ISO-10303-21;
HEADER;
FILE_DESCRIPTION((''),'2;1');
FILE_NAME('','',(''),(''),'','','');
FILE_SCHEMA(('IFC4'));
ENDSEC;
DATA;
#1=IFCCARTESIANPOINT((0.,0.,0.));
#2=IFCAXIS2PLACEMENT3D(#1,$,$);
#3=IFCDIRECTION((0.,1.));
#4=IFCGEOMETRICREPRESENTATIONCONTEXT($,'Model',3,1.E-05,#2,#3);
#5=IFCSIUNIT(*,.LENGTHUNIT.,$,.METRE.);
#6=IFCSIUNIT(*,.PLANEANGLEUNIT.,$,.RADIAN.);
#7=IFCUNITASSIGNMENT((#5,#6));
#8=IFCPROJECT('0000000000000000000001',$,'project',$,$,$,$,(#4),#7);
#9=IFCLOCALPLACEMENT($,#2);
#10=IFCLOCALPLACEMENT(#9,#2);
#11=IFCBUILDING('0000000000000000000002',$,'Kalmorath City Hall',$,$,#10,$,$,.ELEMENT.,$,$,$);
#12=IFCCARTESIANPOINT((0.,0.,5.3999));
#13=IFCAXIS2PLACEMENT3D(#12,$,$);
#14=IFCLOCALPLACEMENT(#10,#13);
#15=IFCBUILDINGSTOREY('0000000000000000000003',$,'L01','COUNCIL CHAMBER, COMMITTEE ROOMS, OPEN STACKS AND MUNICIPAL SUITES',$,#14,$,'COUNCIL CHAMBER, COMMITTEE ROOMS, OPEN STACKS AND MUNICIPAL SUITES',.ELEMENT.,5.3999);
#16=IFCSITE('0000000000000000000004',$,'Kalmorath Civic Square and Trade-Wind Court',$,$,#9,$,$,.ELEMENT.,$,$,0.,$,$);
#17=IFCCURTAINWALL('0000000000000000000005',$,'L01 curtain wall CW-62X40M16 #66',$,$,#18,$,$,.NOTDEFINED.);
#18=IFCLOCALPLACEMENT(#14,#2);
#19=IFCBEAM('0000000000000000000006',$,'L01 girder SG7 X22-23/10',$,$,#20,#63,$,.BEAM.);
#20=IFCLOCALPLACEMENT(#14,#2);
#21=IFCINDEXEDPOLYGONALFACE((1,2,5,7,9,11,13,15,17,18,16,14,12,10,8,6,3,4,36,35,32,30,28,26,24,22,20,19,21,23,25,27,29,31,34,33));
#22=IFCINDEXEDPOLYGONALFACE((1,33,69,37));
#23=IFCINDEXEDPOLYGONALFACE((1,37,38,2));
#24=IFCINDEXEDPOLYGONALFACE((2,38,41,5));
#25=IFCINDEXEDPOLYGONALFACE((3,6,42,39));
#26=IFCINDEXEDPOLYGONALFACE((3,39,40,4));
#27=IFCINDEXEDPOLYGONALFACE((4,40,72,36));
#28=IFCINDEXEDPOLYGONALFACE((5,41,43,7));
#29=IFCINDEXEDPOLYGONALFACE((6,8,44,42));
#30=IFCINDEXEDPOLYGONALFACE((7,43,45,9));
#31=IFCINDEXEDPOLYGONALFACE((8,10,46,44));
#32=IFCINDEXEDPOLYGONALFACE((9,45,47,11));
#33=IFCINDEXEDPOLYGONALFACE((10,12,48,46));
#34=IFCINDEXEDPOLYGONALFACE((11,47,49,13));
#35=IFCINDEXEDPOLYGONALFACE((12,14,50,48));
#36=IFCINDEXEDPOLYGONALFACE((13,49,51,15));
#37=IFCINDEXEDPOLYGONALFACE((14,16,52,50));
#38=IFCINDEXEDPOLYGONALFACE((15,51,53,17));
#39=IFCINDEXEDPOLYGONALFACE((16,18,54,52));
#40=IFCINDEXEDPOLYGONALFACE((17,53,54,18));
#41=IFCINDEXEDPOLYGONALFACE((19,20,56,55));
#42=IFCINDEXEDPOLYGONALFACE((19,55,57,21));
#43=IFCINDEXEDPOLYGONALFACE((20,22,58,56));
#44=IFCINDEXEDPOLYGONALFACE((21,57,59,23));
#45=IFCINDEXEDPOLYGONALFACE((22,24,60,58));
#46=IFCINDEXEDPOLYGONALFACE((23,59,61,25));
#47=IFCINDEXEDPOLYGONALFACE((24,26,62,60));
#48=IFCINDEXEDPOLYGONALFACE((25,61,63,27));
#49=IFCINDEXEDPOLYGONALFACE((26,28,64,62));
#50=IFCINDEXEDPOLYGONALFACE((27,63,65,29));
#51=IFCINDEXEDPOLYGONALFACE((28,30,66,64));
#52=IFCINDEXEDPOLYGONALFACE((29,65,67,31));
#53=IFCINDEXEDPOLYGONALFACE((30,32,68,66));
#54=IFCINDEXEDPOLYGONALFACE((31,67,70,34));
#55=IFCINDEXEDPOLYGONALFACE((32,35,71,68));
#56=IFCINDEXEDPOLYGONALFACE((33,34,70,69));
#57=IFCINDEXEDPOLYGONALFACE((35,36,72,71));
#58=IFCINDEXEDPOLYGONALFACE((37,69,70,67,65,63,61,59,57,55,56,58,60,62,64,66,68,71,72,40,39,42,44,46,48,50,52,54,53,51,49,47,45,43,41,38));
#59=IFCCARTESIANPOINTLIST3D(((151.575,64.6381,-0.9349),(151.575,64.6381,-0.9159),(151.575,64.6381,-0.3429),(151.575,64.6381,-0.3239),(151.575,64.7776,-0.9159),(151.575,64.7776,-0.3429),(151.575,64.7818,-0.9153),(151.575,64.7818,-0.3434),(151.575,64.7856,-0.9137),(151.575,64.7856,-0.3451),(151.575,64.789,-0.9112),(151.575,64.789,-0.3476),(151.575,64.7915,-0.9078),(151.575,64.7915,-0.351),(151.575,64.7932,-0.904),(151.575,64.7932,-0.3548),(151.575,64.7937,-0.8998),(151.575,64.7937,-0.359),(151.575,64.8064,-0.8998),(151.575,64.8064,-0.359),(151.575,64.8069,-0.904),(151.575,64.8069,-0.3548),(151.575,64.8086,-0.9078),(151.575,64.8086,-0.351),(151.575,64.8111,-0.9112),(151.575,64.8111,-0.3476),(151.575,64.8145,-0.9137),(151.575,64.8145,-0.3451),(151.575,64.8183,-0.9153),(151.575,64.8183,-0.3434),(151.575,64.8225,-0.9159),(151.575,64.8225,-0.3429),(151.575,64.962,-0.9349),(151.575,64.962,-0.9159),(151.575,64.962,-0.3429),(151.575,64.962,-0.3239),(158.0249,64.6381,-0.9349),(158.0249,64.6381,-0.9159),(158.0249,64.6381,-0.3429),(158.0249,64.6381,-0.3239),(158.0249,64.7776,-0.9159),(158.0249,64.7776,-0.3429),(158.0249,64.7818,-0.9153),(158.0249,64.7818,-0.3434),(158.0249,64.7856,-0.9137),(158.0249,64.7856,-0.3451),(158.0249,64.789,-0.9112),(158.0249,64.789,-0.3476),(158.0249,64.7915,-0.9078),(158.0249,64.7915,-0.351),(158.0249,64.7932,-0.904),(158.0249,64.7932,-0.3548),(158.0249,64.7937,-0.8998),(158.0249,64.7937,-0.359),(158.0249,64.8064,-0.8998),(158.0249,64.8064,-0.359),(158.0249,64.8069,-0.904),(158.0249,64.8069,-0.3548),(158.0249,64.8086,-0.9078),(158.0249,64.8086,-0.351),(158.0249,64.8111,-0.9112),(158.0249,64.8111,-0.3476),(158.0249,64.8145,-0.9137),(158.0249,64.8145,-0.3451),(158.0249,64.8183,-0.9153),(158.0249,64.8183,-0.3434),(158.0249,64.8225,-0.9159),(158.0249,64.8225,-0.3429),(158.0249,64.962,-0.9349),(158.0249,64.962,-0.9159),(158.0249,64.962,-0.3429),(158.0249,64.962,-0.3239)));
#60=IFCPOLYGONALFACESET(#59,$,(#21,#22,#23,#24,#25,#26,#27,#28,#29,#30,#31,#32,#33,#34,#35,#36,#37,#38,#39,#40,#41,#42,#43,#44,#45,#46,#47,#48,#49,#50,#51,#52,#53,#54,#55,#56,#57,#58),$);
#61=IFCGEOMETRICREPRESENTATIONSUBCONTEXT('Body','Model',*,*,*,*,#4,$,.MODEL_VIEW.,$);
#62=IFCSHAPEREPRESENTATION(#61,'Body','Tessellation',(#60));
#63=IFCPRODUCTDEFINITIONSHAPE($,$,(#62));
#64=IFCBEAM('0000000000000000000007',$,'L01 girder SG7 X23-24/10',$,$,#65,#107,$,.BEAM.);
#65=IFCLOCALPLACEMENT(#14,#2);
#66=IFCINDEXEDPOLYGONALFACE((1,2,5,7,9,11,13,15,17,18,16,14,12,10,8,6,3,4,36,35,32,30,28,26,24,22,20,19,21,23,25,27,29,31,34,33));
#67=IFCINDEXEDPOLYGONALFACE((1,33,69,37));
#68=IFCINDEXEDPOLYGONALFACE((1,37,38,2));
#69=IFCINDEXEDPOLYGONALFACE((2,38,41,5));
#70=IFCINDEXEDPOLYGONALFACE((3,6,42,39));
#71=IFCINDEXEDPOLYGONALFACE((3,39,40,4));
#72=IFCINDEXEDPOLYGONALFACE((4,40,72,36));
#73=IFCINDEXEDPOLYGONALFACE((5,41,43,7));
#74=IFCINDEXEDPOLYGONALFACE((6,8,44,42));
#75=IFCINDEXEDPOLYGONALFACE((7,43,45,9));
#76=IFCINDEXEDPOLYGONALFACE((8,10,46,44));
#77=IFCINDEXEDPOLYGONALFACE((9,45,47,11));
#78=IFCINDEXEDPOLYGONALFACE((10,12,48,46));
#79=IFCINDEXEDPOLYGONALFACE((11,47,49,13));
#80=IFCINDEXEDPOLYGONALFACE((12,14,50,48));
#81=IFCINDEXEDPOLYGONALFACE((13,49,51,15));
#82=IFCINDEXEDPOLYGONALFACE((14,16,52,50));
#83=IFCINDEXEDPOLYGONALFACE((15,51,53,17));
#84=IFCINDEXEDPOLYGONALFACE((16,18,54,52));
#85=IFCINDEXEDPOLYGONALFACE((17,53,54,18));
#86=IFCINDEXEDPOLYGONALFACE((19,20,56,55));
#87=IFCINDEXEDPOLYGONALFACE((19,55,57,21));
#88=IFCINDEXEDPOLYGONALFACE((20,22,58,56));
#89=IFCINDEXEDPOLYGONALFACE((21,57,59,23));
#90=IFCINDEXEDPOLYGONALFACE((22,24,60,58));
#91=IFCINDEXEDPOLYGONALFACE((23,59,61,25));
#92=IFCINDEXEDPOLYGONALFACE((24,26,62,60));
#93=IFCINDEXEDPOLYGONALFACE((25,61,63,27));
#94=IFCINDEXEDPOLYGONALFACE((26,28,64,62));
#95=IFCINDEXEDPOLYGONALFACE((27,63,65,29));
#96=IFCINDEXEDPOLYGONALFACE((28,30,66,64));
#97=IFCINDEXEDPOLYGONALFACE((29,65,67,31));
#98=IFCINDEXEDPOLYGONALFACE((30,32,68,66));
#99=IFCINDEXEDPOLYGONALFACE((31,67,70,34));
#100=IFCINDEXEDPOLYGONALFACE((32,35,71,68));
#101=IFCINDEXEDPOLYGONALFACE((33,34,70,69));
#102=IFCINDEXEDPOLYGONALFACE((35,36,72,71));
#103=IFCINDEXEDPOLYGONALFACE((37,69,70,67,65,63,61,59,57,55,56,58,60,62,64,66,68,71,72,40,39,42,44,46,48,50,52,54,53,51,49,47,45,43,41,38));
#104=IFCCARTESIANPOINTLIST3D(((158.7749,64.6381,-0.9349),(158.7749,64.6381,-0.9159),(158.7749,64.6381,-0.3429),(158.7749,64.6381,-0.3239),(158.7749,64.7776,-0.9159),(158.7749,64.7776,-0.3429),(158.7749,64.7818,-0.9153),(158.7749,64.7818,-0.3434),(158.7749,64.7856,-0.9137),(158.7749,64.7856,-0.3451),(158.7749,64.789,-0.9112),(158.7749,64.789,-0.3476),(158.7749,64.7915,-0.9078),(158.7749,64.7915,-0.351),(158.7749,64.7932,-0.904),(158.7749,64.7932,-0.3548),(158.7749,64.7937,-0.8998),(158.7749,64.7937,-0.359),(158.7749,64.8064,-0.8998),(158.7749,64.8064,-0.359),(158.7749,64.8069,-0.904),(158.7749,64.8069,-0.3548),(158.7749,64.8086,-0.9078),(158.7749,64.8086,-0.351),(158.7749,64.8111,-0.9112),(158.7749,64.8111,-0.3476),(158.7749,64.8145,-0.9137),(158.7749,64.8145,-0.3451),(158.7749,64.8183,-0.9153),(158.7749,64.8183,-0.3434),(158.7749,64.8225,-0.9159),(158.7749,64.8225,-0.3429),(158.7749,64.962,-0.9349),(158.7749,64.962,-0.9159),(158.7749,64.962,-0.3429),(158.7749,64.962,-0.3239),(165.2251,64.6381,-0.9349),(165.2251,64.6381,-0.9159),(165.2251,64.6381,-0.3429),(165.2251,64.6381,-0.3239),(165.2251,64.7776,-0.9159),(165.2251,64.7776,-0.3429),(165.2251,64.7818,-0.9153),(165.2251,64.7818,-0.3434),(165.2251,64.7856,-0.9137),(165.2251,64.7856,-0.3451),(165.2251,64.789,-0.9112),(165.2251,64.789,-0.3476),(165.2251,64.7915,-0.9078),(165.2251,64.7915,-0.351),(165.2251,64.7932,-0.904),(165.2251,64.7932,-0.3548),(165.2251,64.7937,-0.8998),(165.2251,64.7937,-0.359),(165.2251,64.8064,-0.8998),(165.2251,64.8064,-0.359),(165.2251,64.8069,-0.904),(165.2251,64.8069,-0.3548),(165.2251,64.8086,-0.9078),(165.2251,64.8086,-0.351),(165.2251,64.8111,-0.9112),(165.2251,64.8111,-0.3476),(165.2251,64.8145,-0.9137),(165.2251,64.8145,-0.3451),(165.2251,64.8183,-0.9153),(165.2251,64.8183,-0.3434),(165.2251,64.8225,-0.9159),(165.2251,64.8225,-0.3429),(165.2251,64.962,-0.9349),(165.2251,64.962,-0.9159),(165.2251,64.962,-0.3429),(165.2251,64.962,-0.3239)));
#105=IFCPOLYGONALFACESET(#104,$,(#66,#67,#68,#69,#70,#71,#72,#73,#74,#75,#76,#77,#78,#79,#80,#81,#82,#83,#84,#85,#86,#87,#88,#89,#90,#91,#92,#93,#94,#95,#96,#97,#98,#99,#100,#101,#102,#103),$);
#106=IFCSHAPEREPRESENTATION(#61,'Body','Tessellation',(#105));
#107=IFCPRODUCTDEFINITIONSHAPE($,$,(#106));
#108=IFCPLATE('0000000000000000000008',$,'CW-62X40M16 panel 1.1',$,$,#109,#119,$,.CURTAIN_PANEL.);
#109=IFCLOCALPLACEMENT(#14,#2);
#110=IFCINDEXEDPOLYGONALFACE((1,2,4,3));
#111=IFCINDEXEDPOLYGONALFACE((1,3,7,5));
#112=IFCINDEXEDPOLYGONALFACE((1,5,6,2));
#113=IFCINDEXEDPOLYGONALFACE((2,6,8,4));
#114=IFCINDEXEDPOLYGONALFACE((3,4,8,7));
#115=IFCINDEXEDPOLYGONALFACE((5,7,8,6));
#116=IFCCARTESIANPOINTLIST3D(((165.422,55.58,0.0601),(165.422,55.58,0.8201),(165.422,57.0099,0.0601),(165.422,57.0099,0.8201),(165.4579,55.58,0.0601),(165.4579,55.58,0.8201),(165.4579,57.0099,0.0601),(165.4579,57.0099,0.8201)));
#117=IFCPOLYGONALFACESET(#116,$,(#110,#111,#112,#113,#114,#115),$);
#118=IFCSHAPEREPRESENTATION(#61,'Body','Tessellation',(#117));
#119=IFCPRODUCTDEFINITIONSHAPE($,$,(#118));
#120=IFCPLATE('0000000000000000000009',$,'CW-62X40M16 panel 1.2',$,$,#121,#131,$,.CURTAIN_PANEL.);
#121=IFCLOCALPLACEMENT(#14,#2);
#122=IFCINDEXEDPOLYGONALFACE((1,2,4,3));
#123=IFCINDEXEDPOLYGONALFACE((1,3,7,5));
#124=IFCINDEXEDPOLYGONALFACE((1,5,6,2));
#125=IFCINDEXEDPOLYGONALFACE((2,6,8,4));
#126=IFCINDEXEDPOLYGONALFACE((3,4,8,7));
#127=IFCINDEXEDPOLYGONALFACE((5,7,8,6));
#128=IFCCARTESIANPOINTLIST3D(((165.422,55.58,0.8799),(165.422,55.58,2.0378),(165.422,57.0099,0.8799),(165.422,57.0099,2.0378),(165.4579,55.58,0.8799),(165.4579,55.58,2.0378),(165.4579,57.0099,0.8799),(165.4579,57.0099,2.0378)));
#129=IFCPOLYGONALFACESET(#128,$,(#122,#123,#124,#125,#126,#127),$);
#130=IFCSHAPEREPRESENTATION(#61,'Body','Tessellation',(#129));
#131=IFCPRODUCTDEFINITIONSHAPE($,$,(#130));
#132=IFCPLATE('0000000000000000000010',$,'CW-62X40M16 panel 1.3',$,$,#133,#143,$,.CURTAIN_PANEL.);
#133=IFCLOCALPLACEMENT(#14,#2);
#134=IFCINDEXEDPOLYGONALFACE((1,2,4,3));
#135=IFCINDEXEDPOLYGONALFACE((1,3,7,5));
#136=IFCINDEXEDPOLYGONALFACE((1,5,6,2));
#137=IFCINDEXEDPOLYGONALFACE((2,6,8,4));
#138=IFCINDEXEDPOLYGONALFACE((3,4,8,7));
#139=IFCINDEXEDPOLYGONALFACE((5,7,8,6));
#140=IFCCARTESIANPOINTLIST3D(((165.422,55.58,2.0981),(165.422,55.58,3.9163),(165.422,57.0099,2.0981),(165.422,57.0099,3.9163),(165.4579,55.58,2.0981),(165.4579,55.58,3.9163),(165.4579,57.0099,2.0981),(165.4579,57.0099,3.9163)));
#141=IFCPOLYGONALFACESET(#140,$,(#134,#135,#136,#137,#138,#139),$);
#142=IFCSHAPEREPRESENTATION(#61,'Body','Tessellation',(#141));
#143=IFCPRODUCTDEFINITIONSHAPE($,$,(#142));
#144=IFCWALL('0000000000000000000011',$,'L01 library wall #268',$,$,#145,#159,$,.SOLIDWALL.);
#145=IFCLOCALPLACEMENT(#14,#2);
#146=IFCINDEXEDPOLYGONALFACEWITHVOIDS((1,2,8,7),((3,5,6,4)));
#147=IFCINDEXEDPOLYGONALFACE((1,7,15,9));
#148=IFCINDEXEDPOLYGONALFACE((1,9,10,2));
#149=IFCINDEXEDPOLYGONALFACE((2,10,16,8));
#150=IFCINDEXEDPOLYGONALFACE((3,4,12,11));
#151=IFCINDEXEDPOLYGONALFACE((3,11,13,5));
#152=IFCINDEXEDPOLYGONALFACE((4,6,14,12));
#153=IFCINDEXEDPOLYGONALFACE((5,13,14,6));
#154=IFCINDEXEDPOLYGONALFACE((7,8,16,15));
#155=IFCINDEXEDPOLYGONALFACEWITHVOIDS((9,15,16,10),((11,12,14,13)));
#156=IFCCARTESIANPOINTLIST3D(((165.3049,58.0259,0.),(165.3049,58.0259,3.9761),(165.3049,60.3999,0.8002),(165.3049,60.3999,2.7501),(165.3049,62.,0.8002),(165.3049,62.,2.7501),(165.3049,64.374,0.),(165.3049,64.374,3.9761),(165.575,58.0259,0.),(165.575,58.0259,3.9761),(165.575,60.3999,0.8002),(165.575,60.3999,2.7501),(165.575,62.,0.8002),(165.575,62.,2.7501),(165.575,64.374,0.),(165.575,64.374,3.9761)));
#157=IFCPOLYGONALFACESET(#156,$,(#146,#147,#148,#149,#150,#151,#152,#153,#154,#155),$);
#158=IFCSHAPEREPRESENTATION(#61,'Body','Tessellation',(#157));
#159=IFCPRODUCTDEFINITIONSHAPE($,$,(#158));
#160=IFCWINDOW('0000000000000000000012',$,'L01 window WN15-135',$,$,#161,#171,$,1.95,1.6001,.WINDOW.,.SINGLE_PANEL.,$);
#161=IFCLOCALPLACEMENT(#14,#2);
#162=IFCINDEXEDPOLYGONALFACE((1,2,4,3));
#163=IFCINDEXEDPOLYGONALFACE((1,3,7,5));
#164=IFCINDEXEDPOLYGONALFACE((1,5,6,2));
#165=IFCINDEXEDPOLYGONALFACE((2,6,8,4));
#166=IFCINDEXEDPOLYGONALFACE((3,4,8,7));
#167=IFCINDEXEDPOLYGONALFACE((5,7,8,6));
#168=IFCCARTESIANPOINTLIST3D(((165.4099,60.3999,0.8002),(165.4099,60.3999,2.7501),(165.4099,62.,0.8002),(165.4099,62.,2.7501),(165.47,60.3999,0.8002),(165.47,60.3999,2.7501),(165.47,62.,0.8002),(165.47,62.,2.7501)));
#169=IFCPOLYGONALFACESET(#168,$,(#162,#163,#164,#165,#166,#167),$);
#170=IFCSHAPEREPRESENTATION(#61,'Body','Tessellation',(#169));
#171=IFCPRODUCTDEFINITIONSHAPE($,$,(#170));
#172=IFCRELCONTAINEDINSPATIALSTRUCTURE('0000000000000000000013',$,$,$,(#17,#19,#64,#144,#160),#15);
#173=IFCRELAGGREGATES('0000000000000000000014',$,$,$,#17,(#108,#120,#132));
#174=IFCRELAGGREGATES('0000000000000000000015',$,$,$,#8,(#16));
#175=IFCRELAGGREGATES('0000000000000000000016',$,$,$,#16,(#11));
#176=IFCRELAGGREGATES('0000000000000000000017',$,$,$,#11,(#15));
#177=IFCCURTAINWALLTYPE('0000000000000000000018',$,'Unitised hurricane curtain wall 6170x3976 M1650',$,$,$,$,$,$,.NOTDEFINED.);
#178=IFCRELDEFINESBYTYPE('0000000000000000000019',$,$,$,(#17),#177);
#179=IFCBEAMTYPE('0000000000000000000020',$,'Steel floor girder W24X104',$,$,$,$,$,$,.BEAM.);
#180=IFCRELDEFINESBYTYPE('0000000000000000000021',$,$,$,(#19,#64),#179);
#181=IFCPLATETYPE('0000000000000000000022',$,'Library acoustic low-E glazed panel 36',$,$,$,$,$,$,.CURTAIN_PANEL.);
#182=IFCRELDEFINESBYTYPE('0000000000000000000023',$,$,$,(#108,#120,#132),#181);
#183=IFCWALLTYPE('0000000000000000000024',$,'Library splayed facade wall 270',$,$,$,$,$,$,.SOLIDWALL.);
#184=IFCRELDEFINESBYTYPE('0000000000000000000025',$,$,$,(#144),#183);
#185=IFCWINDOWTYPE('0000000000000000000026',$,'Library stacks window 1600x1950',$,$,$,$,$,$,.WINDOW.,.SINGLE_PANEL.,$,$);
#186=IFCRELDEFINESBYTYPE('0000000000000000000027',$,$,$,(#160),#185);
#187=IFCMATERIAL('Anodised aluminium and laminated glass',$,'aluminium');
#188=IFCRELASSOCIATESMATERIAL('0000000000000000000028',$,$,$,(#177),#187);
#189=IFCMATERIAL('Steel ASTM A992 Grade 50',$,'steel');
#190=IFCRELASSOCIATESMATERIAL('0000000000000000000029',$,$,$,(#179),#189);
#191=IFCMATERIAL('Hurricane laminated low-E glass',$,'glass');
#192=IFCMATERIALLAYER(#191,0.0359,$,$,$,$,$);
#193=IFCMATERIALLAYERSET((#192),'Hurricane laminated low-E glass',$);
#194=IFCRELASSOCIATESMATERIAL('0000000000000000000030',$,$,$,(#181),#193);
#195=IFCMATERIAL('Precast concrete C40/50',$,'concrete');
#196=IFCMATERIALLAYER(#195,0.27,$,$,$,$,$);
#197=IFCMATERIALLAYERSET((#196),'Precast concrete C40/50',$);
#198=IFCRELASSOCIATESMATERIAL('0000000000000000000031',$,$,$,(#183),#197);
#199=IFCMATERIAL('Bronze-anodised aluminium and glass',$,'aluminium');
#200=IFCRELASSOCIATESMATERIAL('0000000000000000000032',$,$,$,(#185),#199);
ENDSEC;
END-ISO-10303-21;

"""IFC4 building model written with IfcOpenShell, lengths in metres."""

from ifc_helpers import new_model, si_unit, direction, frame, frame_2d, origin, origin_2d, place, context, subcontext, project, spatial, rectangle, i_section, extrude, material, layer, layer_set, material_profile, profile_set, type_object, element, fill, aggregate, save


model = new_model("IFC4")

# Units and contexts
model_context = context("Model", 3, precision=1e-05, world=origin(), true_north=direction((0.0, 1.0)))
body_context = subcontext(model_context, "Body", "Model", "MODEL_VIEW")
ifc_project = project(units=[si_unit("LENGTHUNIT", "METRE"), si_unit("PLANEANGLEUNIT", "RADIAN")], contexts=[model_context])

# Site, building, storey
site_placement = place(None, origin())
site = spatial("IfcSite", under=ifc_project, at=site_placement, Name="Kalmorath Civic Square and Trade-Wind Court", CompositionType="ELEMENT", RefElevation=0.0)
building_placement = place(site_placement, origin())
building = spatial("IfcBuilding", under=site, at=building_placement, Name="Kalmorath City Hall", CompositionType="ELEMENT")
storey_placement = place(building_placement, frame((0.0, 0.0, 5.3999)))
storey = spatial("IfcBuildingStorey", under=building, at=storey_placement, Name="L01", Description="COUNCIL CHAMBER, COMMITTEE ROOMS, OPEN STACKS AND MUNICIPAL SUITES", LongName="COUNCIL CHAMBER, COMMITTEE ROOMS, OPEN STACKS AND MUNICIPAL SUITES", CompositionType="ELEMENT", Elevation=5.3999)

# Curtain wall
ifc_material_1 = material(Name="Anodised aluminium and laminated glass", Category="aluminium")
curtain_wall_type = type_object("IfcCurtainWallType", Name="Unitised hurricane curtain wall 6170x3976 M1650", PredefinedType="NOTDEFINED", material=ifc_material_1)
curtain_wall_1_placement = place(storey_placement, origin())
curtain_wall_1 = element("IfcCurtainWall", 1, at=curtain_wall_1_placement, inside=storey, type_object=curtain_wall_type, Name="L01 curtain wall CW-62X40M16 #66", PredefinedType="NOTDEFINED")

# Beams
ifc_material_2 = material(Name="Steel ASTM A992 Grade 50", Category="steel")
ifc_material_profile_1 = material_profile(ifc_material_2, i_section(OverallWidth=0.324, OverallDepth=0.6111, WebThickness=0.0127, FlangeThickness=0.019, FilletRadius=0.0161, at=origin_2d()), Name="W24X104")
ifc_profile_set_1 = profile_set([ifc_material_profile_1], Name="Steel ASTM A992 Grade 50")
beam_type_1 = type_object("IfcBeamType", Name="Steel floor girder W24X104", PredefinedType="BEAM", material=ifc_profile_set_1)
beam_1_placement = place(storey_placement, frame((151.575, 64.8, -0.6294), z_axis=(1.0, 0.0, 0.0), x_axis=(0.0, 1.0, 0.0)))
element("IfcBeam", 2, at=beam_1_placement, inside=storey, type_object=beam_type_1, Name="L01 girder SG7 X22-23/10", PredefinedType="BEAM", context=body_context, shape_type="SweptSolid", body=[
    extrude(i_section(OverallWidth=0.324, OverallDepth=0.6111, WebThickness=0.0127, FlangeThickness=0.019, FilletRadius=0.0161, at=origin_2d()), origin(), (0.0, 0.0, 1.0), 6.45),
])
beam_2_placement = place(storey_placement, frame((158.7749, 64.8, -0.6294), z_axis=(1.0, 0.0, 0.0), x_axis=(0.0, 1.0, 0.0)))
element("IfcBeam", 3, at=beam_2_placement, inside=storey, type_object=beam_type_1, Name="L01 girder SG7 X23-24/10", PredefinedType="BEAM", context=body_context, shape_type="SweptSolid", body=[
    extrude(i_section(OverallWidth=0.324, OverallDepth=0.6111, WebThickness=0.0127, FlangeThickness=0.019, FilletRadius=0.0161, at=origin_2d()), origin(), (0.0, 0.0, 1.0), 6.4502),
])

# Plates
ifc_material_3 = material(Name="Hurricane laminated low-E glass", Category="glass")
ifc_layer_1 = layer(ifc_material_3, 0.0359)
ifc_layer_set_1 = layer_set([ifc_layer_1], Name="Hurricane laminated low-E glass")
plate_type = type_object("IfcPlateType", Name="Library acoustic low-E glazed panel 36", PredefinedType="CURTAIN_PANEL", material=ifc_layer_set_1)
plate_1_placement = place(storey_placement, frame((165.4399, 56.2949, 0.0601), z_axis=(0.0, 0.0, 1.0), x_axis=(0.0, -1.0, 0.0)))
plate_1 = element("IfcPlate", 4, at=plate_1_placement, type_object=plate_type, Name="CW-62X40M16 panel 1.1", PredefinedType="CURTAIN_PANEL", context=body_context, shape_type="SweptSolid", body=[
    extrude(rectangle(XDim=1.4299, YDim=0.0359, at=origin_2d()), origin(), (0.0, 0.0, 1.0), 0.76),
])
plate_2_placement = place(storey_placement, frame((165.4399, 56.2949, 0.8799), z_axis=(0.0, 0.0, 1.0), x_axis=(0.0, -1.0, 0.0)))
plate_2 = element("IfcPlate", 5, at=plate_2_placement, type_object=plate_type, Name="CW-62X40M16 panel 1.2", PredefinedType="CURTAIN_PANEL", context=body_context, shape_type="SweptSolid", body=[
    extrude(rectangle(XDim=1.4299, YDim=0.0359, at=origin_2d()), origin(), (0.0, 0.0, 1.0), 1.158),
])
plate_3_placement = place(storey_placement, frame((165.4399, 56.2949, 2.0981), z_axis=(0.0, 0.0, 1.0), x_axis=(0.0, -1.0, 0.0)))
plate_3 = element("IfcPlate", 6, at=plate_3_placement, type_object=plate_type, Name="CW-62X40M16 panel 1.3", PredefinedType="CURTAIN_PANEL", context=body_context, shape_type="SweptSolid", body=[
    extrude(rectangle(XDim=1.4299, YDim=0.0359, at=origin_2d()), origin(), (0.0, 0.0, 1.0), 1.8181),
])
aggregate(curtain_wall_1, [plate_1, plate_2, plate_3])

# Wall, opening, window
ifc_material_4 = material(Name="Precast concrete C40/50", Category="concrete")
ifc_layer_2 = layer(ifc_material_4, 0.27)
ifc_layer_set_2 = layer_set([ifc_layer_2], Name="Precast concrete C40/50")
wall_type = type_object("IfcWallType", Name="Library splayed facade wall 270", PredefinedType="SOLIDWALL", material=ifc_layer_set_2)
wall_placement = place(storey_placement, frame((165.4399, 64.374, 0.0), z_axis=(0.0, 0.0, 1.0), x_axis=(0.0, -1.0, 0.0)))
wall = element("IfcWall", 7, at=wall_placement, inside=storey, type_object=wall_type, Name="L01 library wall #268", PredefinedType="SOLIDWALL", context=body_context, shape_type="SweptSolid", body=[
    extrude(rectangle(XDim=6.3481, YDim=0.27, at=frame_2d((3.1741, 0.0))), origin(), (0.0, 0.0, 1.0), 3.9761),
])
opening_placement = place(wall_placement, frame((2.374, 0.0, 0.8)))
opening = element("IfcOpeningElement", 8, at=opening_placement, cuts=wall, PredefinedType="OPENING", context=body_context, shape_type="SweptSolid", body=[
    extrude(rectangle(XDim=1.6001, YDim=1.95, at=frame_2d((0.8, 0.9751))), frame((0.0, 0.145, 0.0), z_axis=(0.0, -1.0, 0.0), x_axis=(1.0, 0.0, 0.0)), (0.0, 0.0, 1.0), 0.29),
])
ifc_material_5 = material(Name="Bronze-anodised aluminium and glass", Category="aluminium")
window_type = type_object("IfcWindowType", Name="Library stacks window 1600x1950", PartitioningType="SINGLE_PANEL", PredefinedType="WINDOW", material=ifc_material_5)
window_placement = place(opening_placement, origin())
window = element("IfcWindow", 9, at=window_placement, inside=storey, type_object=window_type, Name="L01 window WN15-135", OverallHeight=1.95, OverallWidth=1.6001, PartitioningType="SINGLE_PANEL", PredefinedType="WINDOW", context=body_context, shape_type="SweptSolid", body=[
    extrude(rectangle(XDim=1.6001, YDim=1.95, at=frame_2d((0.8, 0.9751))), frame((0.0, 0.03, 0.0), z_axis=(0.0, -1.0, 0.0), x_axis=(1.0, 0.0, 0.0)), (0.0, 0.0, 1.0), 0.0601),
])
fill(opening, window)

save(model, "model.ifc")
